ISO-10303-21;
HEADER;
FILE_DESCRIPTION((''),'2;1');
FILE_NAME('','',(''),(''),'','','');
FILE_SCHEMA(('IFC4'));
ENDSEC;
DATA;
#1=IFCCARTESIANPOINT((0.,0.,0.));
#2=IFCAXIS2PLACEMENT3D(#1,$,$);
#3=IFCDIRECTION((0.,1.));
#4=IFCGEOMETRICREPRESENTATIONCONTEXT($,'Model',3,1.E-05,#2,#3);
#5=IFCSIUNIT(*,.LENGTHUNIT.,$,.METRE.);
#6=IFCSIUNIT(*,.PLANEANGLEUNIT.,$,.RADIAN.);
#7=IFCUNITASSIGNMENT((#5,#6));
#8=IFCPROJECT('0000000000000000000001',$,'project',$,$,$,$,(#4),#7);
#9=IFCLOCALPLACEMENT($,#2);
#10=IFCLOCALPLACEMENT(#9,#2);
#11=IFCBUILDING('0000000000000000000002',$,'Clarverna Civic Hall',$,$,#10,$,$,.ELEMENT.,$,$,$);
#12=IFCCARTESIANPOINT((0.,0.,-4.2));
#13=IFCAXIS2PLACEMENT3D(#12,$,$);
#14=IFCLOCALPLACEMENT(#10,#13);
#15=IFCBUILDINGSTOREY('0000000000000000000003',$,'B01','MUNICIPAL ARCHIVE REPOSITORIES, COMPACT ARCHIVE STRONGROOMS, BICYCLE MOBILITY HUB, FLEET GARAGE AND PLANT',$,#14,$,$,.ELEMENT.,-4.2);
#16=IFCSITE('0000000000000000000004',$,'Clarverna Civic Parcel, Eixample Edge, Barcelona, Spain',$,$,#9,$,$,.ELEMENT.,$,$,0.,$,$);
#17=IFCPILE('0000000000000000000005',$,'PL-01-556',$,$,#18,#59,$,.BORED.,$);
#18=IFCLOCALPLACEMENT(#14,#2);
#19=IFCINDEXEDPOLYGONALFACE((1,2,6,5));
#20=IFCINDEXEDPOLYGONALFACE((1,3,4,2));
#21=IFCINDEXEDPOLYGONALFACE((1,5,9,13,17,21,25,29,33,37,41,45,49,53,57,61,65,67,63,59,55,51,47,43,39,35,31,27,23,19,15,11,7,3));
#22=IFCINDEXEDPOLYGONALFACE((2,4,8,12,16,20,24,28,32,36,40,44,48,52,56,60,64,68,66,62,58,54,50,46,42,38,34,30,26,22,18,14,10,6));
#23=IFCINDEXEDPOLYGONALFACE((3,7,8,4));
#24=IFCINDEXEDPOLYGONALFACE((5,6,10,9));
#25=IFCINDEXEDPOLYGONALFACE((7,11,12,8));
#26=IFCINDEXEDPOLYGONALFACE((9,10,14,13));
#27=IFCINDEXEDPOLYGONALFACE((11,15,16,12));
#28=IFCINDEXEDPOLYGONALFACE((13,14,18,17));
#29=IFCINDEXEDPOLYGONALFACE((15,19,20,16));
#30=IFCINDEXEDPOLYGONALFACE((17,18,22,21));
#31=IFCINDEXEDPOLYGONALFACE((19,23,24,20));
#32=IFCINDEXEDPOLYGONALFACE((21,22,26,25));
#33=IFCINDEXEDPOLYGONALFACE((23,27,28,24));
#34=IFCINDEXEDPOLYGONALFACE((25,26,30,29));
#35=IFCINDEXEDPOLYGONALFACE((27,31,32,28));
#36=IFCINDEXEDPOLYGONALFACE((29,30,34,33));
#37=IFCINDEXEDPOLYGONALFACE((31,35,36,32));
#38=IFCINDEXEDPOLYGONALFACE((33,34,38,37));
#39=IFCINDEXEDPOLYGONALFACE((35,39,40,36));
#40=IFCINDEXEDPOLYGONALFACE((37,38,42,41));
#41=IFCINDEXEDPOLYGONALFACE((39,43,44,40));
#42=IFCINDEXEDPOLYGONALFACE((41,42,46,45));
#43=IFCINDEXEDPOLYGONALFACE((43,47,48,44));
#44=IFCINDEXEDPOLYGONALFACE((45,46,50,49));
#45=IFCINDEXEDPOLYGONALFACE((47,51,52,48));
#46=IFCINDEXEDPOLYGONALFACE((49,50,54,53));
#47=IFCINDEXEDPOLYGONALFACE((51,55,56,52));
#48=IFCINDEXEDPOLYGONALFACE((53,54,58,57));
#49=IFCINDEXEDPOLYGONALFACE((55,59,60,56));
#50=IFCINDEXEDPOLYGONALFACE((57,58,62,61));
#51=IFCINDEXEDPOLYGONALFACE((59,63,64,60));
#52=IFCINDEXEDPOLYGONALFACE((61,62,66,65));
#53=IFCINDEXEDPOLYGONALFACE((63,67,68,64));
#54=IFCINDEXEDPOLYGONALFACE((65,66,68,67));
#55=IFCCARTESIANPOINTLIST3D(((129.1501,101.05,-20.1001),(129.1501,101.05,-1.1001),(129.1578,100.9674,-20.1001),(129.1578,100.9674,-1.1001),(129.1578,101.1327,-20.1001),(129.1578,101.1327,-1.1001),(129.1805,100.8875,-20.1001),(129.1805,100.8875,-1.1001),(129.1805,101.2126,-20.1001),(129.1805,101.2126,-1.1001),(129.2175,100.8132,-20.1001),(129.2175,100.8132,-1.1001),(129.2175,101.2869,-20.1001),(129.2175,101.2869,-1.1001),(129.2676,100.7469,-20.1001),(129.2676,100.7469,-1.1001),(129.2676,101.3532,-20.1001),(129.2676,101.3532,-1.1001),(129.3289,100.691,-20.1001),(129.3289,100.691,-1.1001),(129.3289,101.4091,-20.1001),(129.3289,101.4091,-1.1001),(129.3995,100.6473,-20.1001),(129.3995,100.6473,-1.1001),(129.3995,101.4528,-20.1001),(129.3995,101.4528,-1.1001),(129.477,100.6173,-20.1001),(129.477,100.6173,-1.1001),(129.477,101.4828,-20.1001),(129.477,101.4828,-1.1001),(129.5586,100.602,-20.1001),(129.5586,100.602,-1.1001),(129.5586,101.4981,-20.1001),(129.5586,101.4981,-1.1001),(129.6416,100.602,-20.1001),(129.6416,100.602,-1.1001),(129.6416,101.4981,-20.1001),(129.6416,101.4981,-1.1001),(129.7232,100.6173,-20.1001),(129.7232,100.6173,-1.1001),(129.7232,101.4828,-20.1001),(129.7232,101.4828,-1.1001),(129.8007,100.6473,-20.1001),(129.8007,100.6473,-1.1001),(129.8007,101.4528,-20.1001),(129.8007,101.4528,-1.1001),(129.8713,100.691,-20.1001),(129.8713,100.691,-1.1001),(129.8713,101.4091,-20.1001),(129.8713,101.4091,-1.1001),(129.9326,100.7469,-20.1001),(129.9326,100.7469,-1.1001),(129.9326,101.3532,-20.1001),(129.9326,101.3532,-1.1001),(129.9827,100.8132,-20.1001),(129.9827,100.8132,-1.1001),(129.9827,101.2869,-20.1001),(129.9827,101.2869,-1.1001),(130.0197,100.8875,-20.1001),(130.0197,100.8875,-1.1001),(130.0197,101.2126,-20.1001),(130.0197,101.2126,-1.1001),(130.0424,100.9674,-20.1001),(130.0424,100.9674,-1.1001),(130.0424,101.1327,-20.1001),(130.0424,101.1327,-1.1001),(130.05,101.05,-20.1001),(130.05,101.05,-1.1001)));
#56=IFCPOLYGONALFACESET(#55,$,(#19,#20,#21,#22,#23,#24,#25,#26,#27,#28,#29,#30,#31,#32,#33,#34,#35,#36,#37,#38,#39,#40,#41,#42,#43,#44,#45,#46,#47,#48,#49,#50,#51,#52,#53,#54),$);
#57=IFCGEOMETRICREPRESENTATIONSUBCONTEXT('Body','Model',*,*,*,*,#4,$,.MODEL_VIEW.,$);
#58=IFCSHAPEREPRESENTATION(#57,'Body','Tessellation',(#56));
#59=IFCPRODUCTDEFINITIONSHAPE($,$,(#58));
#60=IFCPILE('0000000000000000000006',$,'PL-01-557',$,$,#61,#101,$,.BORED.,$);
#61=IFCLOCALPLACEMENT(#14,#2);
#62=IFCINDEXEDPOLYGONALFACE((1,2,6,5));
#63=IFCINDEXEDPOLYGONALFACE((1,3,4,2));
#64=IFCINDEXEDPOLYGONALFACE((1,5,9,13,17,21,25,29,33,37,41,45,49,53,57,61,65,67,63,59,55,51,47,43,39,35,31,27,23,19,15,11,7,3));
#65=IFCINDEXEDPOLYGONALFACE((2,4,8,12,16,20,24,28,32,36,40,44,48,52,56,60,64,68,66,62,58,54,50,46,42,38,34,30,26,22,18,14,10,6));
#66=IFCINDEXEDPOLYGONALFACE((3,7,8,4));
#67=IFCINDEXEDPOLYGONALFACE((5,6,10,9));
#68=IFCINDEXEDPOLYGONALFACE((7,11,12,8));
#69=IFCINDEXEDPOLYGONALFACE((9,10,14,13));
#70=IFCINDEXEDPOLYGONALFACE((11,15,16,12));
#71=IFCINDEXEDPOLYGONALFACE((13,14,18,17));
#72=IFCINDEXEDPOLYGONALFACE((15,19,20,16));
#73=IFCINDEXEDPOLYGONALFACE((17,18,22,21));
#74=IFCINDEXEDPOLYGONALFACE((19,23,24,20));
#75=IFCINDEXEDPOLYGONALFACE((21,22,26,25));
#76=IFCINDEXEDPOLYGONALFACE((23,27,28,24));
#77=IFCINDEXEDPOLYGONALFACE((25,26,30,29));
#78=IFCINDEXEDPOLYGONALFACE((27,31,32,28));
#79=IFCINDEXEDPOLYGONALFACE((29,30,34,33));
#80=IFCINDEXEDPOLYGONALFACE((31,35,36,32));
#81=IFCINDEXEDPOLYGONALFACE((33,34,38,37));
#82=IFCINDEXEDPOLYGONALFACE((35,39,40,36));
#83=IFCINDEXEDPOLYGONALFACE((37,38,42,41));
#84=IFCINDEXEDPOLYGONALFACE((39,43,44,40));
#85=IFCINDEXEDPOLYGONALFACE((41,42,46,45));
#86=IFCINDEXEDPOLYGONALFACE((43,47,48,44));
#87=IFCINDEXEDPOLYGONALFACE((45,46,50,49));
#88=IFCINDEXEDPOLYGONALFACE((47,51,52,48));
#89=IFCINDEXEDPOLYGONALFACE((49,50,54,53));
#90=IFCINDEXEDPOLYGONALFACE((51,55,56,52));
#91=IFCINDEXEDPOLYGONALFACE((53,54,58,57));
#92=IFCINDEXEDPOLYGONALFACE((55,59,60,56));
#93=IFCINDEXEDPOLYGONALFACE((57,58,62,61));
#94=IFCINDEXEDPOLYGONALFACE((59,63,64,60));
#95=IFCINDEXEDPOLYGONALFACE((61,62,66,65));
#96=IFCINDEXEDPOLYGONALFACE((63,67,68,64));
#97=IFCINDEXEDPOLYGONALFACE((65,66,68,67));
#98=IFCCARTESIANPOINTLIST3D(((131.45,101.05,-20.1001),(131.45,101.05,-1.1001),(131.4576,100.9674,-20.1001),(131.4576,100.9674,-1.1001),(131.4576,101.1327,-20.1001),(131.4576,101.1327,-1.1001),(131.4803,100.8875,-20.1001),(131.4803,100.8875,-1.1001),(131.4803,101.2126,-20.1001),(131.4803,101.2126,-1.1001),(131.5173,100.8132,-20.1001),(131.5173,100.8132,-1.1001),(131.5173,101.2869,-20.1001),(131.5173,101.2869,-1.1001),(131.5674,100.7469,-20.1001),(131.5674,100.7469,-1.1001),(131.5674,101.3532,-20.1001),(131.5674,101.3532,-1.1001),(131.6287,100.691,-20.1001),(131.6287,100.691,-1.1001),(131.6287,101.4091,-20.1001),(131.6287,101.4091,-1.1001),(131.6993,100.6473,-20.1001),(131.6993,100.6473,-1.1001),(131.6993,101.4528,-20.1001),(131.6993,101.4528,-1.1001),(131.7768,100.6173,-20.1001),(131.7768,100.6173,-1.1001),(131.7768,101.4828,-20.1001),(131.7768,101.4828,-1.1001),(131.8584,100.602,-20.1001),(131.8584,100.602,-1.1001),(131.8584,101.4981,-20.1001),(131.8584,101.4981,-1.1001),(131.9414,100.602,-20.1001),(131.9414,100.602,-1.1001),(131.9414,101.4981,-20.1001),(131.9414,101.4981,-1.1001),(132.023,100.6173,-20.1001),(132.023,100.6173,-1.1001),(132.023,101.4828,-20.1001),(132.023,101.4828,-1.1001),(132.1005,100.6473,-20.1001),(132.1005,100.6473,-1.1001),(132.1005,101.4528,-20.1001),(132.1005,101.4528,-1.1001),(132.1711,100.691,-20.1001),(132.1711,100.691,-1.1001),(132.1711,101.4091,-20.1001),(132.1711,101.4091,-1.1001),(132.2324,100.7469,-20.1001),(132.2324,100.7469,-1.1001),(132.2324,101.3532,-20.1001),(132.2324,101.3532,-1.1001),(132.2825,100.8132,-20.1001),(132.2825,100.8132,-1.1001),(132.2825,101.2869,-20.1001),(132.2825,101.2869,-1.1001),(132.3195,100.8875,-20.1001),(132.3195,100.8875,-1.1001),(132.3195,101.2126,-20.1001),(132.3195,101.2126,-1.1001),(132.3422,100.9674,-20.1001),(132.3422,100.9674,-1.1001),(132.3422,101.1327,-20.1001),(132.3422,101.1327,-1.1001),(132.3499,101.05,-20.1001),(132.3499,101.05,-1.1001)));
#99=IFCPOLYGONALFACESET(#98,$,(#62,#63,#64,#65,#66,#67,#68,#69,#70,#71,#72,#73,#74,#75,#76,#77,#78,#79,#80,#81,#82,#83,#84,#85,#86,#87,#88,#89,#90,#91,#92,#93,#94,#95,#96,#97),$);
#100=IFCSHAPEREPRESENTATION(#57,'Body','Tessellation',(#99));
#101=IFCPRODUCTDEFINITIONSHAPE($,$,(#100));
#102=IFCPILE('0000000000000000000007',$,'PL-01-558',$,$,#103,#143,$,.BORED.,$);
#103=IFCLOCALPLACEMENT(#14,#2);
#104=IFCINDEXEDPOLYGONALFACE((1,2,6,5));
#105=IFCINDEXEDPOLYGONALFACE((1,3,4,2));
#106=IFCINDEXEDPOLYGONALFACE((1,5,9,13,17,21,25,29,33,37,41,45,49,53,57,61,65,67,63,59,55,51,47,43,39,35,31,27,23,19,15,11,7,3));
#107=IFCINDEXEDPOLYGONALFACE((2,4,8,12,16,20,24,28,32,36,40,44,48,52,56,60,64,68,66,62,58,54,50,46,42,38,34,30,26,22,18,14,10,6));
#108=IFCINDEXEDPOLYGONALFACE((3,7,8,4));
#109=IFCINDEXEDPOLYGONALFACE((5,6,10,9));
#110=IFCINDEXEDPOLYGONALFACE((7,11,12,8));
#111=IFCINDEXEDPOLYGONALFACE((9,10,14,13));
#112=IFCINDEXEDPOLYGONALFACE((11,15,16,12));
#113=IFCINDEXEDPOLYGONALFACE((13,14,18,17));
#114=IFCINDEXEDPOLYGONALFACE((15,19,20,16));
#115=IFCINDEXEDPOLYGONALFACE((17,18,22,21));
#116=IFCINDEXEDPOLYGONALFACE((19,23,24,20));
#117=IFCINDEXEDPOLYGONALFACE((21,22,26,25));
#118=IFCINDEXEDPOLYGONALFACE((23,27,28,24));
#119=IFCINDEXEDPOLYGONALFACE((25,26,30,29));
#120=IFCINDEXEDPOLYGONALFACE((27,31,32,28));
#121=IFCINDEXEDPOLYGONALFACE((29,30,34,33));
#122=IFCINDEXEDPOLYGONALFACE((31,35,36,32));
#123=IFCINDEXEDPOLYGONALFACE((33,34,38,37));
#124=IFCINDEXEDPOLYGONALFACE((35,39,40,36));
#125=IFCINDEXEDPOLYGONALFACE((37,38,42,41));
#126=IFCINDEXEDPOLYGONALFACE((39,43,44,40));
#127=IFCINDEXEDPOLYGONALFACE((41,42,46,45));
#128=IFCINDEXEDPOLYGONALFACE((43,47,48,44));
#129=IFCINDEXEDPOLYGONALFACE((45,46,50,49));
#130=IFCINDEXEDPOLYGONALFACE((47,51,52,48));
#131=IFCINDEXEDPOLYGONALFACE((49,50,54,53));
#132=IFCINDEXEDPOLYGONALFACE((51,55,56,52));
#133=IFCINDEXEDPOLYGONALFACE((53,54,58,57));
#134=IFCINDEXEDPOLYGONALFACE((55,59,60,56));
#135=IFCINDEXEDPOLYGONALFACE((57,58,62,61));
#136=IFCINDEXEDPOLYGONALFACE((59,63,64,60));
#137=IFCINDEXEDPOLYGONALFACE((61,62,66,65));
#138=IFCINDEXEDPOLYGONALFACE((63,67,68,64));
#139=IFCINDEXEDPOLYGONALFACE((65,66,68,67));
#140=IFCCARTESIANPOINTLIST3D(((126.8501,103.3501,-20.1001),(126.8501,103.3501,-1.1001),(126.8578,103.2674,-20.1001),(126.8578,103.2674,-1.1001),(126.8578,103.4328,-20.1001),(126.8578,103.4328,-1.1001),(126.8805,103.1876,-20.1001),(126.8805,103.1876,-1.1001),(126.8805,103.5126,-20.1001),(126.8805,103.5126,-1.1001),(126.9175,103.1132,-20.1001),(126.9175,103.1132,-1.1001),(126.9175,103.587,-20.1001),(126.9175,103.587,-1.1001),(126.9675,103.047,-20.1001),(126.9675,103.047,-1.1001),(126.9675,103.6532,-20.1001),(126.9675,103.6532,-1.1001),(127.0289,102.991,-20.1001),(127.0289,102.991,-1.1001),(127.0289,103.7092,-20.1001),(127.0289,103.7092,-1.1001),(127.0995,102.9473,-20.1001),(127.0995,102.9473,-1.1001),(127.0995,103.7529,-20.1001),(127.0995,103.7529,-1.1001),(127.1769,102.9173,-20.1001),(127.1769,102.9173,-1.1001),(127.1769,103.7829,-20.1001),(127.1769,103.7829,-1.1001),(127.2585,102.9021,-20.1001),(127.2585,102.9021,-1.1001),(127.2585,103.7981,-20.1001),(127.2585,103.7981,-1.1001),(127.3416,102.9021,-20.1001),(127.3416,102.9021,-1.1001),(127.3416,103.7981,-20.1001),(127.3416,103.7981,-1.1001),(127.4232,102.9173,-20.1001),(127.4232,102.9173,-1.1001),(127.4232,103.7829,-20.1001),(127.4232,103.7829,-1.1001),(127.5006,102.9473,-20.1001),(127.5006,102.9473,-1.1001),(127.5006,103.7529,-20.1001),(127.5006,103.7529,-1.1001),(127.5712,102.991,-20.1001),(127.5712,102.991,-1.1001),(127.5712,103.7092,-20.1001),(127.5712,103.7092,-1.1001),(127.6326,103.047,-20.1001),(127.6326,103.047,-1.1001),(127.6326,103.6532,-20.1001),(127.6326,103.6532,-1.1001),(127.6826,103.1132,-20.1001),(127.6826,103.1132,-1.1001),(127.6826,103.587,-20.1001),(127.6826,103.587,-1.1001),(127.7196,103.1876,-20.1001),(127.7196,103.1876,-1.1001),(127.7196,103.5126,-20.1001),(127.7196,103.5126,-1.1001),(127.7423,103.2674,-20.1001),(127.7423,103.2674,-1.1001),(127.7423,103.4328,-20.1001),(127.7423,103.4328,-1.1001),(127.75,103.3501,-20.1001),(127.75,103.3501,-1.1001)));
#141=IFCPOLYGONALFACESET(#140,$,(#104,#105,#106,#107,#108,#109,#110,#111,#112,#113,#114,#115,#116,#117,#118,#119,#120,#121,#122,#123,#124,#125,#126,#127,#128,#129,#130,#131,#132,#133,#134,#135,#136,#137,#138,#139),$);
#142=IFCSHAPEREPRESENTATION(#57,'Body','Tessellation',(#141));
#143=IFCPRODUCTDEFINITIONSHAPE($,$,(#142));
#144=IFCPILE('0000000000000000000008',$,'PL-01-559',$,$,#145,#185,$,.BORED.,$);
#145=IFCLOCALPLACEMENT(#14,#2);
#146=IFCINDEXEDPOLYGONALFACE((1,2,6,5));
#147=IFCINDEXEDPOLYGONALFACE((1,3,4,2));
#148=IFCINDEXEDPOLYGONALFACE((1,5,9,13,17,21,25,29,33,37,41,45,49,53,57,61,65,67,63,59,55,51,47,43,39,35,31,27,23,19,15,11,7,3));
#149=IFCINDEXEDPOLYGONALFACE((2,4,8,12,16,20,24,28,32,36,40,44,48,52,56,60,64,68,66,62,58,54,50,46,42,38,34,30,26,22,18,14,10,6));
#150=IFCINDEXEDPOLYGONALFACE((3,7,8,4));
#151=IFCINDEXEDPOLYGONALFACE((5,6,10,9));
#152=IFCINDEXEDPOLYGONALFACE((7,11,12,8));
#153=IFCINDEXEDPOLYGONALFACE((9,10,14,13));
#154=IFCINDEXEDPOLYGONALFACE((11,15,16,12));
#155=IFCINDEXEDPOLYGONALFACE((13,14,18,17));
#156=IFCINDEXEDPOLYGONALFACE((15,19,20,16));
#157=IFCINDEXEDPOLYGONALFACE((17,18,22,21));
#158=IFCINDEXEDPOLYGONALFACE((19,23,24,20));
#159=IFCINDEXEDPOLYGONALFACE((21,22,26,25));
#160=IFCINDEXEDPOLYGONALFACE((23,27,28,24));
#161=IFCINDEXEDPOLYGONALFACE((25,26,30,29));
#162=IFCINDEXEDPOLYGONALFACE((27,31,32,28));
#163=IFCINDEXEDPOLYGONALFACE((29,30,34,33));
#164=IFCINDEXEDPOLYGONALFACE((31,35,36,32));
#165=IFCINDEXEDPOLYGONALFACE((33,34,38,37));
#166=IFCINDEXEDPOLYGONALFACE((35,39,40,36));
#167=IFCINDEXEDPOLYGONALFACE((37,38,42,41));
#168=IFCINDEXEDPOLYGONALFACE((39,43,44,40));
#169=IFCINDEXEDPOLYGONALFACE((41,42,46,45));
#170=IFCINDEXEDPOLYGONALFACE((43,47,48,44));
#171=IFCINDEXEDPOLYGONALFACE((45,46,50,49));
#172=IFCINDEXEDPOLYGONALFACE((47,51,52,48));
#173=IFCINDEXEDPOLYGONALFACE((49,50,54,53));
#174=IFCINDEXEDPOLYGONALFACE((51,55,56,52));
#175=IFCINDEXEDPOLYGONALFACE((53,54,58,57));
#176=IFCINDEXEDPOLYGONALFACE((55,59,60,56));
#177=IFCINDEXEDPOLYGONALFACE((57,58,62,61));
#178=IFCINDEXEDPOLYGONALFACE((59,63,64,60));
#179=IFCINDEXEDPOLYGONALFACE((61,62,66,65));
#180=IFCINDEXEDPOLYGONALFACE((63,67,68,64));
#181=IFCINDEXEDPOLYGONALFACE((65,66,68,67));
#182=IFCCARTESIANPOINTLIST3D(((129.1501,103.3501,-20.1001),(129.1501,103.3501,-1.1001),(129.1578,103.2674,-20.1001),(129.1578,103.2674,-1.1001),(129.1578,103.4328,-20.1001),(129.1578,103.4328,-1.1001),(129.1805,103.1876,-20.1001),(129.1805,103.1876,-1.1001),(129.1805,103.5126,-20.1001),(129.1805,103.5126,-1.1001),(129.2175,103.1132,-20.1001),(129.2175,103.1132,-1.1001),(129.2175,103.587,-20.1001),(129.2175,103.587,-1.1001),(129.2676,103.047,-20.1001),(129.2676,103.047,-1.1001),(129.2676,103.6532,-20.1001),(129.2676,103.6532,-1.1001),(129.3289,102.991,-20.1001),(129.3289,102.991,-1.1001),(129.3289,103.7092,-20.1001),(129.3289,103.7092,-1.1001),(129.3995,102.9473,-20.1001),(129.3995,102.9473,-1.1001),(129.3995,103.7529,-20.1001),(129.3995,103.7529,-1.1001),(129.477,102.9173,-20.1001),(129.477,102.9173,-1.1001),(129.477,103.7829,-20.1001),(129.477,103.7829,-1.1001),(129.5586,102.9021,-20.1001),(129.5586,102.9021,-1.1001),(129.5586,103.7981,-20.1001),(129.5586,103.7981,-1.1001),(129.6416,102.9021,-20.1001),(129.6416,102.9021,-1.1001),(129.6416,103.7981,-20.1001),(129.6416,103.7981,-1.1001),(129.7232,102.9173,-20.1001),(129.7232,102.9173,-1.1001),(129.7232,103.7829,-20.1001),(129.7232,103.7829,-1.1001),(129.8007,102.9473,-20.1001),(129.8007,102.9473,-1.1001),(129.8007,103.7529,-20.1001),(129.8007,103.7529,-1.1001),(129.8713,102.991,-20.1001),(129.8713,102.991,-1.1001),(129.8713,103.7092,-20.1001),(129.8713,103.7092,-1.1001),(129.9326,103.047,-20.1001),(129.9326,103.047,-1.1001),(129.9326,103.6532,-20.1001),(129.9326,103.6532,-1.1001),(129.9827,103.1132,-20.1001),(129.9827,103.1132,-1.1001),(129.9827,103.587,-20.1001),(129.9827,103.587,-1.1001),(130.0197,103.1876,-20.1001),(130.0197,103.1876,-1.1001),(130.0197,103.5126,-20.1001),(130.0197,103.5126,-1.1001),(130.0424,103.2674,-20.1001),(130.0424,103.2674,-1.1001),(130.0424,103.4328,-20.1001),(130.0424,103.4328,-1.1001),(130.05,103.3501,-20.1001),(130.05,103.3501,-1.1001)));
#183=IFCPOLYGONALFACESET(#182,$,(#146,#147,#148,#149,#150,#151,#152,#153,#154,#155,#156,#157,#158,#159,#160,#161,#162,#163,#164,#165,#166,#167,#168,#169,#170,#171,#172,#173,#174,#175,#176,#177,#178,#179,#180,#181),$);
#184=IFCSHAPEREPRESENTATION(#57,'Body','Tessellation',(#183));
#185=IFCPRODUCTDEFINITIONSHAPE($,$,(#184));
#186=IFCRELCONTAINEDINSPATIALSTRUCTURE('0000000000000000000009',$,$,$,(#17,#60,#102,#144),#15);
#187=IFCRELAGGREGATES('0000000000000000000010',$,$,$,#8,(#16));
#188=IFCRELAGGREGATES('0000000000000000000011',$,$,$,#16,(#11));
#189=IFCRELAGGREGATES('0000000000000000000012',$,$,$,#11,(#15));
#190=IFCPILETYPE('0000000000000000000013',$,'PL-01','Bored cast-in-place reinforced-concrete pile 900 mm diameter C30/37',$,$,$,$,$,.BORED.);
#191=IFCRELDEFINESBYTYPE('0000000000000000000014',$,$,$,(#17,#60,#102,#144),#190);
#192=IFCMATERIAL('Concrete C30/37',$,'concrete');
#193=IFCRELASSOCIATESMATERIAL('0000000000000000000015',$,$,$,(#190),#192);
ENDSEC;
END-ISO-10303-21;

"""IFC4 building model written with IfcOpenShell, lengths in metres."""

from ifc_helpers import new_model, si_unit, direction, frame, origin, origin_2d, place, context, subcontext, project, spatial, circle, extrude, material, material_profile, profile_set, type_object, element, save


model = new_model("IFC4")

# Units and contexts
model_context = context("Model", 3, precision=1e-05, world=origin(), true_north=direction((0.0, 1.0)))
body_context = subcontext(model_context, "Body", "Model", "MODEL_VIEW")
ifc_project = project(units=[si_unit("LENGTHUNIT", "METRE"), si_unit("PLANEANGLEUNIT", "RADIAN")], contexts=[model_context])

# Site, building, storey
site_placement = place(None, origin())
site = spatial("IfcSite", under=ifc_project, at=site_placement, Name="Clarverna Civic Parcel, Eixample Edge, Barcelona, Spain", CompositionType="ELEMENT", RefElevation=0.0)
building_placement = place(site_placement, origin())
building = spatial("IfcBuilding", under=site, at=building_placement, Name="Clarverna Civic Hall", CompositionType="ELEMENT")
storey_placement = place(building_placement, frame((0.0, 0.0, -4.2)))
storey = spatial("IfcBuildingStorey", under=building, at=storey_placement, Name="B01", Description="MUNICIPAL ARCHIVE REPOSITORIES, COMPACT ARCHIVE STRONGROOMS, BICYCLE MOBILITY HUB, FLEET GARAGE AND PLANT", CompositionType="ELEMENT", Elevation=-4.2)

# Shared definitions
ifc_material_1 = material(Name="Concrete C30/37", Category="concrete")

# Piles
ifc_material_profile_1 = material_profile(ifc_material_1, circle(Radius=0.45, at=origin_2d()), Name="BORED PILE D900")
ifc_profile_set_1 = profile_set([ifc_material_profile_1], Name="Concrete C30/37")
pile_type = type_object("IfcPileType", Name="PL-01", Description="Bored cast-in-place reinforced-concrete pile 900 mm diameter C30/37", PredefinedType="BORED", material=ifc_profile_set_1)
for number, where, z_axis, x_axis, name in (
    (1, (129.6001, 101.05, -1.1001), (0.0, 0.0, -1.0), (1.0, 0.0, 0.0), "PL-01-556"),
    (2, (131.8999, 101.05, -1.1001), (0.0, 0.0, -1.0), (1.0, 0.0, 0.0), "PL-01-557"),
    (3, (127.3, 103.3501, -1.1001), (0.0, 0.0, -1.0), (1.0, 0.0, 0.0), "PL-01-558"),
    (4, (129.6001, 103.3501, -1.1001), (0.0, 0.0, -1.0), (1.0, 0.0, 0.0), "PL-01-559"),
):
    element("IfcPile", number, at=place(storey_placement, frame(where, z_axis=z_axis, x_axis=x_axis)), inside=storey, type_object=pile_type, Name=name, PredefinedType="BORED", context=body_context, shape_type="SweptSolid", body=[
        extrude(circle(Radius=0.45, at=origin_2d()), origin(), (0.0, 0.0, 1.0), 19.0),
    ])

save(model, "model.ifc")
